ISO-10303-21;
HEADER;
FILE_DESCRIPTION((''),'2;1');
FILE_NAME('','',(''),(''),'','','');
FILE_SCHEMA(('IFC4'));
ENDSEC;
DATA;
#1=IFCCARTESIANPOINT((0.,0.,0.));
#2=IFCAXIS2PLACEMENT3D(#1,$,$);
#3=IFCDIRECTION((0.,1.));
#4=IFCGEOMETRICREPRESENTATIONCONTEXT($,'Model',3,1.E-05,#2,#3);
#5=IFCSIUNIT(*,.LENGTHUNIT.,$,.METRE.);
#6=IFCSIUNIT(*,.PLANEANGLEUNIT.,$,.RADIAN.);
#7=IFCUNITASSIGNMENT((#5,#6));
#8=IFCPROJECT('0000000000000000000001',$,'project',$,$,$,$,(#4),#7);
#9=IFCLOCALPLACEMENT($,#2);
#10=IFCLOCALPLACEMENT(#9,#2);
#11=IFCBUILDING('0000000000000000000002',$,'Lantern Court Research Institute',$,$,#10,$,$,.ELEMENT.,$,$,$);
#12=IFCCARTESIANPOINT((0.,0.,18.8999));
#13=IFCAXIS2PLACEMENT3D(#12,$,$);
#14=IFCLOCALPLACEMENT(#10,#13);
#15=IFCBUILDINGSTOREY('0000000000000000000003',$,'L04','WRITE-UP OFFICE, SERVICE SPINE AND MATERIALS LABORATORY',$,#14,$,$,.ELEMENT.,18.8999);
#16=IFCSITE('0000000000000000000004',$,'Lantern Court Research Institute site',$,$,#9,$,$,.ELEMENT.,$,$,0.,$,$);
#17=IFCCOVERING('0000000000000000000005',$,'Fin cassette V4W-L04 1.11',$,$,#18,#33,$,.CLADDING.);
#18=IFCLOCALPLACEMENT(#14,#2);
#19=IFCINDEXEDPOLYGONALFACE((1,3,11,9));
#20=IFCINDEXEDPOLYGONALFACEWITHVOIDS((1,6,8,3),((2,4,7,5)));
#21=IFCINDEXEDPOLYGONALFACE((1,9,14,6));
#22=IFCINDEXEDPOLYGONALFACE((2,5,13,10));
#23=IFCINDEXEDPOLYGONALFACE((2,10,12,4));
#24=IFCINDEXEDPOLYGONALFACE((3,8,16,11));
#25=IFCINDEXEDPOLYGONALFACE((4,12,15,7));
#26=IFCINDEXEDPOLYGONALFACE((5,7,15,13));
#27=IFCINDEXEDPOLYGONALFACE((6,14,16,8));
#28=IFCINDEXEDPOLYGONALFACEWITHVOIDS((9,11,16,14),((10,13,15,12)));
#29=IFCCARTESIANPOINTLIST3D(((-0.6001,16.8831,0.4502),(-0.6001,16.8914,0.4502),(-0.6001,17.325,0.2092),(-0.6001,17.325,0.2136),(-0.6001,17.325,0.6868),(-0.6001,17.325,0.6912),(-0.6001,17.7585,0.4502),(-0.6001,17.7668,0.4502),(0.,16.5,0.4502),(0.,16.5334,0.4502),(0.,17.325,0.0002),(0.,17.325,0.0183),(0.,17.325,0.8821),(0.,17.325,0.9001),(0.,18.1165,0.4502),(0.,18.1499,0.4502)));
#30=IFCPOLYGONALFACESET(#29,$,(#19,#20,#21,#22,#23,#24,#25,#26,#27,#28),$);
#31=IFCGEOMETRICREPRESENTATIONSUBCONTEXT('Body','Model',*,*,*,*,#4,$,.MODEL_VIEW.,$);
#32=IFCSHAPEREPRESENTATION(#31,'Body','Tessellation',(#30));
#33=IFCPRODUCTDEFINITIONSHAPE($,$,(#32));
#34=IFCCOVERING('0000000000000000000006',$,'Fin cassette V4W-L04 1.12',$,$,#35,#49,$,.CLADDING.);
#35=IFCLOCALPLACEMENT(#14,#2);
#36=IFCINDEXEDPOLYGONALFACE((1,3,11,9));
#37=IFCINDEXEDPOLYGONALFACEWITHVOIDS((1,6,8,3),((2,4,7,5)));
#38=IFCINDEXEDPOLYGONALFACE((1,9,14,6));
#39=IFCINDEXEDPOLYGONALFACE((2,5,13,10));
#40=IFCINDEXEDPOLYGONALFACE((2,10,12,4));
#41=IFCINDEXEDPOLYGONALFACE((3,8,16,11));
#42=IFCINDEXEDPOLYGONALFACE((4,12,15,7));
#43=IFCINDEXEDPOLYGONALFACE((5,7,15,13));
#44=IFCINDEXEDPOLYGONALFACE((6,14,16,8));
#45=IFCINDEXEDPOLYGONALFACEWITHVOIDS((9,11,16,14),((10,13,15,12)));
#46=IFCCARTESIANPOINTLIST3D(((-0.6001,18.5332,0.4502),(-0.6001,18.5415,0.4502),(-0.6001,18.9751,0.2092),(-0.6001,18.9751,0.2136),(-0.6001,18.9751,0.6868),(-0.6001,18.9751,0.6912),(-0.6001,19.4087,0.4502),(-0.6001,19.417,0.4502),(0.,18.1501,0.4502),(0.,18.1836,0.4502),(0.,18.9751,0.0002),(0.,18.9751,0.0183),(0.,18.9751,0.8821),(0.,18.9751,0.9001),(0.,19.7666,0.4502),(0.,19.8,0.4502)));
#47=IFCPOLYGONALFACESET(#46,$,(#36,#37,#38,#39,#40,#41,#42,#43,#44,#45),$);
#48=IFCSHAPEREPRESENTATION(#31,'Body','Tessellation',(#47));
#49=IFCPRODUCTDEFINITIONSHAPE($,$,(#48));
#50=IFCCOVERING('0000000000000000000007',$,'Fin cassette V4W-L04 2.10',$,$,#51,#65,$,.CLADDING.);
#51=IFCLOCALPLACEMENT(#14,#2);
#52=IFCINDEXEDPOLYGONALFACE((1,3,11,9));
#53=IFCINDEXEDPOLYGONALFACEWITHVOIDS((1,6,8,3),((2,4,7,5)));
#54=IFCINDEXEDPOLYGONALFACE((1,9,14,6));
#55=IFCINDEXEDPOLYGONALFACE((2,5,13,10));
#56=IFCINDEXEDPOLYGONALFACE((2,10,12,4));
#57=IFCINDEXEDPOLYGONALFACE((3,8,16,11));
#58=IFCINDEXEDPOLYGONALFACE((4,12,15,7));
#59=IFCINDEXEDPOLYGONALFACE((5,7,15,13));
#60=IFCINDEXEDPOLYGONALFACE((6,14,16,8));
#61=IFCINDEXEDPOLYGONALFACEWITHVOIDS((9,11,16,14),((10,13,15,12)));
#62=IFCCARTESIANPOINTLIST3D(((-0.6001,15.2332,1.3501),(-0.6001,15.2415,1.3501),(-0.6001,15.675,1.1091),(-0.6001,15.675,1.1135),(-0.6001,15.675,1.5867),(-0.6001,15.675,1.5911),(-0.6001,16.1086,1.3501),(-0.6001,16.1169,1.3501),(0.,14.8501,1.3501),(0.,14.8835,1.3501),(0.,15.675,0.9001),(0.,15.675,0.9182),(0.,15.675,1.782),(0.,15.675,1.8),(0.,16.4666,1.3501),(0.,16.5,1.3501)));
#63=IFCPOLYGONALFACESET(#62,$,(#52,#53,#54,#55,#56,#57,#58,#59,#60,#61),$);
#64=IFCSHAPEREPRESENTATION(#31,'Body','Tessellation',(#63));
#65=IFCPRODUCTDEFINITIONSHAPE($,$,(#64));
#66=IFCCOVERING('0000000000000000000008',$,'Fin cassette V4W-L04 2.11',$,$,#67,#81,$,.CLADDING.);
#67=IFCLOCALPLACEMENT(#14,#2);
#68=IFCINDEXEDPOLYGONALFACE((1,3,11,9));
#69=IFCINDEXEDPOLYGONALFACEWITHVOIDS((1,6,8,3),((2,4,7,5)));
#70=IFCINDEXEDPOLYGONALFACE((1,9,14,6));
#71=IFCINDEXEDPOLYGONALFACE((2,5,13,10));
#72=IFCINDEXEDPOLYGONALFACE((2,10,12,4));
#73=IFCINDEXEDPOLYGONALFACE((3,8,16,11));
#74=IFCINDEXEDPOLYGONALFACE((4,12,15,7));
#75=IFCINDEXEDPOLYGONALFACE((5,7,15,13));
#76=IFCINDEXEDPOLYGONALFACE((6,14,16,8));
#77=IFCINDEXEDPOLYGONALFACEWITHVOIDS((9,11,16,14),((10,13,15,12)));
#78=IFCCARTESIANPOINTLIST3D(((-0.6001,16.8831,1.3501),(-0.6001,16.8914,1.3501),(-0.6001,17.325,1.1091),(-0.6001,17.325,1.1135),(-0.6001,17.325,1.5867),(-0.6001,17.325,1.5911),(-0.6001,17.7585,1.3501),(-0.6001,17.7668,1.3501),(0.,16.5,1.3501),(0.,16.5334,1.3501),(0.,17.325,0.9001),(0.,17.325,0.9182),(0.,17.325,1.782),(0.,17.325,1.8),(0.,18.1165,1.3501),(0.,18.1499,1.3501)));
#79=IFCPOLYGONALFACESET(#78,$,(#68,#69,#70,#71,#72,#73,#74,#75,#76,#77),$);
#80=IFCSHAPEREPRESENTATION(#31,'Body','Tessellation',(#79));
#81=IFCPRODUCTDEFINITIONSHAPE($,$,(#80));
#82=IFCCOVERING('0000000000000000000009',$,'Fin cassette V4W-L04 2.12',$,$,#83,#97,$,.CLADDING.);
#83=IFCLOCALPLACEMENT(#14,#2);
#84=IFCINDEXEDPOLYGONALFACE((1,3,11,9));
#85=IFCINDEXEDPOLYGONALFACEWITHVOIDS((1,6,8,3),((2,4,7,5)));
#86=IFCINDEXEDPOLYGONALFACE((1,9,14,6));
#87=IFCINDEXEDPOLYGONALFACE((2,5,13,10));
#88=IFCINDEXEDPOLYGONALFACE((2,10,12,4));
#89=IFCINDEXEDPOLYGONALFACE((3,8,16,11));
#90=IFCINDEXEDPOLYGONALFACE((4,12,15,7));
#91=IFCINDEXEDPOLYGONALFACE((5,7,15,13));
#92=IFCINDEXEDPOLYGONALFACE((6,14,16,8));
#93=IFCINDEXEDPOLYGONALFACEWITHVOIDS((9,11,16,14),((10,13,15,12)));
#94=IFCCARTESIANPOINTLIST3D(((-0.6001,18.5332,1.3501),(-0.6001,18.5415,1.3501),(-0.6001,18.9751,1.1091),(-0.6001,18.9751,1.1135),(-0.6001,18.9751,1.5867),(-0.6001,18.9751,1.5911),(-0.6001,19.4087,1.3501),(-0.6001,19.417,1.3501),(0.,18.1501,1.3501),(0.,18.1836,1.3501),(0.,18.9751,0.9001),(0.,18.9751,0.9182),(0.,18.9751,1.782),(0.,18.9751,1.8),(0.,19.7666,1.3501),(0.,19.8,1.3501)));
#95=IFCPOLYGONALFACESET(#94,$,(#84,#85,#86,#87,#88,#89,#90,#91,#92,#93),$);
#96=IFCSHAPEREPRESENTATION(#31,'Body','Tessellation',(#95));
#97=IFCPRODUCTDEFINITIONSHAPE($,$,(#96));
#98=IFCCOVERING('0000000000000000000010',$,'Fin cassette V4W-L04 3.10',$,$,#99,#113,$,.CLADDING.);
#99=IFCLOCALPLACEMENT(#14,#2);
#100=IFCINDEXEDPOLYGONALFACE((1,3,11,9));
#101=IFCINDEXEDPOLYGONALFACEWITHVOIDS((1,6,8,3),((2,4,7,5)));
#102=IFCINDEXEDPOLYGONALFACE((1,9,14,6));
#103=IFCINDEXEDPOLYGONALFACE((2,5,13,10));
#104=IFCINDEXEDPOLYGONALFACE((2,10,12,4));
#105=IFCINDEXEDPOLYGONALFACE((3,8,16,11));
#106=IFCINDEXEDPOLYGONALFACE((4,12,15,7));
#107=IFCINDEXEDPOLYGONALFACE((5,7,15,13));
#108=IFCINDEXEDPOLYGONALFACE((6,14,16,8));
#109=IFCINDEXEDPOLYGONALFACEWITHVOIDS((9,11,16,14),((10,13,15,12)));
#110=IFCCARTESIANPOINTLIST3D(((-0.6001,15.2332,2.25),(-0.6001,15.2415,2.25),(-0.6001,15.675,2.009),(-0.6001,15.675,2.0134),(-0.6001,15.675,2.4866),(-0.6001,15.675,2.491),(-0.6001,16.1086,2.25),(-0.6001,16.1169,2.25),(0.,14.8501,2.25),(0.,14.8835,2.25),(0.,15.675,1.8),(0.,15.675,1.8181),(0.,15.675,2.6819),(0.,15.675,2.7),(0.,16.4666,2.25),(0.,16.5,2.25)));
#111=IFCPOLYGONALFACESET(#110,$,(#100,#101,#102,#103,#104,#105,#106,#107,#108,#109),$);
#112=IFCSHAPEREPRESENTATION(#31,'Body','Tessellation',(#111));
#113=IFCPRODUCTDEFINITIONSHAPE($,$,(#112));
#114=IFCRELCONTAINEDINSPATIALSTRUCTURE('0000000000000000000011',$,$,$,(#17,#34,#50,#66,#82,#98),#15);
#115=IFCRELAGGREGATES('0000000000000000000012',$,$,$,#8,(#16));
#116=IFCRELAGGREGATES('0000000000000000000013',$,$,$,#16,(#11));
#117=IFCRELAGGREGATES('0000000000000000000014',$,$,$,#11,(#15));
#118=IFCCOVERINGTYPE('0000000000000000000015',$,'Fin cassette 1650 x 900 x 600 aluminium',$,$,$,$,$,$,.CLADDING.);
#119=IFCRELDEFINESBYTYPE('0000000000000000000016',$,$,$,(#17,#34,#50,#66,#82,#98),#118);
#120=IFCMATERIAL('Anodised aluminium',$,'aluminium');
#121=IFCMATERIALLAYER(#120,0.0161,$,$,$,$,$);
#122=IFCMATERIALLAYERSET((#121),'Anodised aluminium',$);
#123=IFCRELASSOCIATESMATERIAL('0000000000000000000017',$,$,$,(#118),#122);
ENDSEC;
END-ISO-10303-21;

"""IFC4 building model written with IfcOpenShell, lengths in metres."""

from ifc_helpers import new_model, entity, si_unit, direction, frame, origin, place, context, subcontext, project, spatial, material, layer, layer_set, type_object, element, save


model = new_model("IFC4")

# Units and contexts
model_context = context("Model", 3, precision=1e-05, world=origin(), true_north=direction((0.0, 1.0)))
body_context = subcontext(model_context, "Body", "Model", "MODEL_VIEW")
ifc_project = project(units=[si_unit("LENGTHUNIT", "METRE"), si_unit("PLANEANGLEUNIT", "RADIAN")], contexts=[model_context])

# Site, building, storey
site_placement = place(None, origin())
site = spatial("IfcSite", under=ifc_project, at=site_placement, Name="Lantern Court Research Institute site", CompositionType="ELEMENT", RefElevation=0.0)
building_placement = place(site_placement, origin())
building = spatial("IfcBuilding", under=site, at=building_placement, Name="Lantern Court Research Institute", CompositionType="ELEMENT")
storey_placement = place(building_placement, frame((0.0, 0.0, 18.8999)))
storey = spatial("IfcBuildingStorey", under=building, at=storey_placement, Name="L04", Description="WRITE-UP OFFICE, SERVICE SPINE AND MATERIALS LABORATORY", CompositionType="ELEMENT", Elevation=18.8999)

# Coverings
ifc_material_1 = material(Name="Anodised aluminium", Category="aluminium")
ifc_layer_1 = layer(ifc_material_1, 0.0161)
ifc_layer_set_1 = layer_set([ifc_layer_1], Name="Anodised aluminium")
covering_type = type_object("IfcCoveringType", Name="Fin cassette 1650 x 900 x 600 aluminium", PredefinedType="CLADDING", material=ifc_layer_set_1)
covering_1_placement = place(storey_placement, frame((0.0, 17.325, 0.4502), z_axis=(-1.0, 0.0, 0.0), x_axis=(0.0, -1.0, 0.0)))
cartesian_point_1 = entity("IfcCartesianPoint", [0.825, 0.0])
cartesian_point_2 = entity("IfcCartesianPoint", [0.7915, 0.0])
cartesian_point_3 = entity("IfcCartesianPoint", [0.4419, 0.0])
cartesian_point_4 = entity("IfcCartesianPoint", [0.4336, 0.0])
element("IfcCovering", 1, at=covering_1_placement, inside=storey, type_object=covering_type, Name="Fin cassette V4W-L04 1.11", PredefinedType="CLADDING", context=body_context, shape_type="SweptSolid", body=[
    entity("IfcExtrudedAreaSolidTapered", entity("IfcArbitraryProfileDefWithVoids", "AREA", None, entity("IfcPolyline", [cartesian_point_1, entity("IfcCartesianPoint", [0.0, 0.45]), entity("IfcCartesianPoint", [-0.825, 0.0]), entity("IfcCartesianPoint", [0.0, -0.45]), cartesian_point_1]), [entity("IfcPolyline", [cartesian_point_2, entity("IfcCartesianPoint", [0.0, 0.4319]), entity("IfcCartesianPoint", [-0.7915, 0.0]), entity("IfcCartesianPoint", [0.0, -0.4319]), cartesian_point_2])]), entity("IfcAxis2Placement3D", entity("IfcCartesianPoint", [0.0, 0.0, 0.0])), entity("IfcDirection", [0.0, 0.0, 1.0]), 0.6001, entity("IfcArbitraryProfileDefWithVoids", "AREA", None, entity("IfcPolyline", [cartesian_point_3, entity("IfcCartesianPoint", [0.0, 0.241]), entity("IfcCartesianPoint", [-0.4419, 0.0]), entity("IfcCartesianPoint", [0.0, -0.241]), cartesian_point_3]), [entity("IfcPolyline", [cartesian_point_4, entity("IfcCartesianPoint", [0.0, 0.2366]), entity("IfcCartesianPoint", [-0.4336, 0.0]), entity("IfcCartesianPoint", [0.0, -0.2366]), cartesian_point_4])])),
])
covering_2_placement = place(storey_placement, frame((0.0, 18.9751, 0.4502), z_axis=(-1.0, 0.0, 0.0), x_axis=(0.0, -1.0, 0.0)))
cartesian_point_5 = entity("IfcCartesianPoint", [0.825, 0.0])
cartesian_point_6 = entity("IfcCartesianPoint", [0.7915, 0.0])
cartesian_point_7 = entity("IfcCartesianPoint", [0.4419, 0.0])
cartesian_point_8 = entity("IfcCartesianPoint", [0.4336, 0.0])
element("IfcCovering", 2, at=covering_2_placement, inside=storey, type_object=covering_type, Name="Fin cassette V4W-L04 1.12", PredefinedType="CLADDING", context=body_context, shape_type="SweptSolid", body=[
    entity("IfcExtrudedAreaSolidTapered", entity("IfcArbitraryProfileDefWithVoids", "AREA", None, entity("IfcPolyline", [cartesian_point_5, entity("IfcCartesianPoint", [0.0, 0.45]), entity("IfcCartesianPoint", [-0.825, 0.0]), entity("IfcCartesianPoint", [0.0, -0.45]), cartesian_point_5]), [entity("IfcPolyline", [cartesian_point_6, entity("IfcCartesianPoint", [0.0, 0.4319]), entity("IfcCartesianPoint", [-0.7915, 0.0]), entity("IfcCartesianPoint", [0.0, -0.4319]), cartesian_point_6])]), entity("IfcAxis2Placement3D", entity("IfcCartesianPoint", [0.0, 0.0, 0.0])), entity("IfcDirection", [0.0, 0.0, 1.0]), 0.6001, entity("IfcArbitraryProfileDefWithVoids", "AREA", None, entity("IfcPolyline", [cartesian_point_7, entity("IfcCartesianPoint", [0.0, 0.241]), entity("IfcCartesianPoint", [-0.4419, 0.0]), entity("IfcCartesianPoint", [0.0, -0.241]), cartesian_point_7]), [entity("IfcPolyline", [cartesian_point_8, entity("IfcCartesianPoint", [0.0, 0.2366]), entity("IfcCartesianPoint", [-0.4336, 0.0]), entity("IfcCartesianPoint", [0.0, -0.2366]), cartesian_point_8])])),
])
covering_3_placement = place(storey_placement, frame((0.0, 15.675, 1.3501), z_axis=(-1.0, 0.0, 0.0), x_axis=(0.0, -1.0, 0.0)))
cartesian_point_9 = entity("IfcCartesianPoint", [0.825, 0.0])
cartesian_point_10 = entity("IfcCartesianPoint", [0.7915, 0.0])
cartesian_point_11 = entity("IfcCartesianPoint", [0.4419, 0.0])
cartesian_point_12 = entity("IfcCartesianPoint", [0.4336, 0.0])
element("IfcCovering", 3, at=covering_3_placement, inside=storey, type_object=covering_type, Name="Fin cassette V4W-L04 2.10", PredefinedType="CLADDING", context=body_context, shape_type="SweptSolid", body=[
    entity("IfcExtrudedAreaSolidTapered", entity("IfcArbitraryProfileDefWithVoids", "AREA", None, entity("IfcPolyline", [cartesian_point_9, entity("IfcCartesianPoint", [0.0, 0.45]), entity("IfcCartesianPoint", [-0.825, 0.0]), entity("IfcCartesianPoint", [0.0, -0.45]), cartesian_point_9]), [entity("IfcPolyline", [cartesian_point_10, entity("IfcCartesianPoint", [0.0, 0.4319]), entity("IfcCartesianPoint", [-0.7915, 0.0]), entity("IfcCartesianPoint", [0.0, -0.4319]), cartesian_point_10])]), entity("IfcAxis2Placement3D", entity("IfcCartesianPoint", [0.0, 0.0, 0.0])), entity("IfcDirection", [0.0, 0.0, 1.0]), 0.6001, entity("IfcArbitraryProfileDefWithVoids", "AREA", None, entity("IfcPolyline", [cartesian_point_11, entity("IfcCartesianPoint", [0.0, 0.241]), entity("IfcCartesianPoint", [-0.4419, 0.0]), entity("IfcCartesianPoint", [0.0, -0.241]), cartesian_point_11]), [entity("IfcPolyline", [cartesian_point_12, entity("IfcCartesianPoint", [0.0, 0.2366]), entity("IfcCartesianPoint", [-0.4336, 0.0]), entity("IfcCartesianPoint", [0.0, -0.2366]), cartesian_point_12])])),
])
covering_4_placement = place(storey_placement, frame((0.0, 17.325, 1.3501), z_axis=(-1.0, 0.0, 0.0), x_axis=(0.0, -1.0, 0.0)))
cartesian_point_13 = entity("IfcCartesianPoint", [0.825, 0.0])
cartesian_point_14 = entity("IfcCartesianPoint", [0.7915, 0.0])
cartesian_point_15 = entity("IfcCartesianPoint", [0.4419, 0.0])
cartesian_point_16 = entity("IfcCartesianPoint", [0.4336, 0.0])
element("IfcCovering", 4, at=covering_4_placement, inside=storey, type_object=covering_type, Name="Fin cassette V4W-L04 2.11", PredefinedType="CLADDING", context=body_context, shape_type="SweptSolid", body=[
    entity("IfcExtrudedAreaSolidTapered", entity("IfcArbitraryProfileDefWithVoids", "AREA", None, entity("IfcPolyline", [cartesian_point_13, entity("IfcCartesianPoint", [0.0, 0.45]), entity("IfcCartesianPoint", [-0.825, 0.0]), entity("IfcCartesianPoint", [0.0, -0.45]), cartesian_point_13]), [entity("IfcPolyline", [cartesian_point_14, entity("IfcCartesianPoint", [0.0, 0.4319]), entity("IfcCartesianPoint", [-0.7915, 0.0]), entity("IfcCartesianPoint", [0.0, -0.4319]), cartesian_point_14])]), entity("IfcAxis2Placement3D", entity("IfcCartesianPoint", [0.0, 0.0, 0.0])), entity("IfcDirection", [0.0, 0.0, 1.0]), 0.6001, entity("IfcArbitraryProfileDefWithVoids", "AREA", None, entity("IfcPolyline", [cartesian_point_15, entity("IfcCartesianPoint", [0.0, 0.241]), entity("IfcCartesianPoint", [-0.4419, 0.0]), entity("IfcCartesianPoint", [0.0, -0.241]), cartesian_point_15]), [entity("IfcPolyline", [cartesian_point_16, entity("IfcCartesianPoint", [0.0, 0.2366]), entity("IfcCartesianPoint", [-0.4336, 0.0]), entity("IfcCartesianPoint", [0.0, -0.2366]), cartesian_point_16])])),
])
covering_5_placement = place(storey_placement, frame((0.0, 18.9751, 1.3501), z_axis=(-1.0, 0.0, 0.0), x_axis=(0.0, -1.0, 0.0)))
cartesian_point_17 = entity("IfcCartesianPoint", [0.825, 0.0])
cartesian_point_18 = entity("IfcCartesianPoint", [0.7915, 0.0])
cartesian_point_19 = entity("IfcCartesianPoint", [0.4419, 0.0])
cartesian_point_20 = entity("IfcCartesianPoint", [0.4336, 0.0])
element("IfcCovering", 5, at=covering_5_placement, inside=storey, type_object=covering_type, Name="Fin cassette V4W-L04 2.12", PredefinedType="CLADDING", context=body_context, shape_type="SweptSolid", body=[
    entity("IfcExtrudedAreaSolidTapered", entity("IfcArbitraryProfileDefWithVoids", "AREA", None, entity("IfcPolyline", [cartesian_point_17, entity("IfcCartesianPoint", [0.0, 0.45]), entity("IfcCartesianPoint", [-0.825, 0.0]), entity("IfcCartesianPoint", [0.0, -0.45]), cartesian_point_17]), [entity("IfcPolyline", [cartesian_point_18, entity("IfcCartesianPoint", [0.0, 0.4319]), entity("IfcCartesianPoint", [-0.7915, 0.0]), entity("IfcCartesianPoint", [0.0, -0.4319]), cartesian_point_18])]), entity("IfcAxis2Placement3D", entity("IfcCartesianPoint", [0.0, 0.0, 0.0])), entity("IfcDirection", [0.0, 0.0, 1.0]), 0.6001, entity("IfcArbitraryProfileDefWithVoids", "AREA", None, entity("IfcPolyline", [cartesian_point_19, entity("IfcCartesianPoint", [0.0, 0.241]), entity("IfcCartesianPoint", [-0.4419, 0.0]), entity("IfcCartesianPoint", [0.0, -0.241]), cartesian_point_19]), [entity("IfcPolyline", [cartesian_point_20, entity("IfcCartesianPoint", [0.0, 0.2366]), entity("IfcCartesianPoint", [-0.4336, 0.0]), entity("IfcCartesianPoint", [0.0, -0.2366]), cartesian_point_20])])),
])
covering_6_placement = place(storey_placement, frame((0.0, 15.675, 2.25), z_axis=(-1.0, 0.0, 0.0), x_axis=(0.0, -1.0, 0.0)))
cartesian_point_21 = entity("IfcCartesianPoint", [0.825, 0.0])
cartesian_point_22 = entity("IfcCartesianPoint", [0.7915, 0.0])
cartesian_point_23 = entity("IfcCartesianPoint", [0.4419, 0.0])
cartesian_point_24 = entity("IfcCartesianPoint", [0.4336, 0.0])
element("IfcCovering", 6, at=covering_6_placement, inside=storey, type_object=covering_type, Name="Fin cassette V4W-L04 3.10", PredefinedType="CLADDING", context=body_context, shape_type="SweptSolid", body=[
    entity("IfcExtrudedAreaSolidTapered", entity("IfcArbitraryProfileDefWithVoids", "AREA", None, entity("IfcPolyline", [cartesian_point_21, entity("IfcCartesianPoint", [0.0, 0.45]), entity("IfcCartesianPoint", [-0.825, 0.0]), entity("IfcCartesianPoint", [0.0, -0.45]), cartesian_point_21]), [entity("IfcPolyline", [cartesian_point_22, entity("IfcCartesianPoint", [0.0, 0.4319]), entity("IfcCartesianPoint", [-0.7915, 0.0]), entity("IfcCartesianPoint", [0.0, -0.4319]), cartesian_point_22])]), entity("IfcAxis2Placement3D", entity("IfcCartesianPoint", [0.0, 0.0, 0.0])), entity("IfcDirection", [0.0, 0.0, 1.0]), 0.6001, entity("IfcArbitraryProfileDefWithVoids", "AREA", None, entity("IfcPolyline", [cartesian_point_23, entity("IfcCartesianPoint", [0.0, 0.241]), entity("IfcCartesianPoint", [-0.4419, 0.0]), entity("IfcCartesianPoint", [0.0, -0.241]), cartesian_point_23]), [entity("IfcPolyline", [cartesian_point_24, entity("IfcCartesianPoint", [0.0, 0.2366]), entity("IfcCartesianPoint", [-0.4336, 0.0]), entity("IfcCartesianPoint", [0.0, -0.2366]), cartesian_point_24])])),
])

save(model, "model.ifc")
